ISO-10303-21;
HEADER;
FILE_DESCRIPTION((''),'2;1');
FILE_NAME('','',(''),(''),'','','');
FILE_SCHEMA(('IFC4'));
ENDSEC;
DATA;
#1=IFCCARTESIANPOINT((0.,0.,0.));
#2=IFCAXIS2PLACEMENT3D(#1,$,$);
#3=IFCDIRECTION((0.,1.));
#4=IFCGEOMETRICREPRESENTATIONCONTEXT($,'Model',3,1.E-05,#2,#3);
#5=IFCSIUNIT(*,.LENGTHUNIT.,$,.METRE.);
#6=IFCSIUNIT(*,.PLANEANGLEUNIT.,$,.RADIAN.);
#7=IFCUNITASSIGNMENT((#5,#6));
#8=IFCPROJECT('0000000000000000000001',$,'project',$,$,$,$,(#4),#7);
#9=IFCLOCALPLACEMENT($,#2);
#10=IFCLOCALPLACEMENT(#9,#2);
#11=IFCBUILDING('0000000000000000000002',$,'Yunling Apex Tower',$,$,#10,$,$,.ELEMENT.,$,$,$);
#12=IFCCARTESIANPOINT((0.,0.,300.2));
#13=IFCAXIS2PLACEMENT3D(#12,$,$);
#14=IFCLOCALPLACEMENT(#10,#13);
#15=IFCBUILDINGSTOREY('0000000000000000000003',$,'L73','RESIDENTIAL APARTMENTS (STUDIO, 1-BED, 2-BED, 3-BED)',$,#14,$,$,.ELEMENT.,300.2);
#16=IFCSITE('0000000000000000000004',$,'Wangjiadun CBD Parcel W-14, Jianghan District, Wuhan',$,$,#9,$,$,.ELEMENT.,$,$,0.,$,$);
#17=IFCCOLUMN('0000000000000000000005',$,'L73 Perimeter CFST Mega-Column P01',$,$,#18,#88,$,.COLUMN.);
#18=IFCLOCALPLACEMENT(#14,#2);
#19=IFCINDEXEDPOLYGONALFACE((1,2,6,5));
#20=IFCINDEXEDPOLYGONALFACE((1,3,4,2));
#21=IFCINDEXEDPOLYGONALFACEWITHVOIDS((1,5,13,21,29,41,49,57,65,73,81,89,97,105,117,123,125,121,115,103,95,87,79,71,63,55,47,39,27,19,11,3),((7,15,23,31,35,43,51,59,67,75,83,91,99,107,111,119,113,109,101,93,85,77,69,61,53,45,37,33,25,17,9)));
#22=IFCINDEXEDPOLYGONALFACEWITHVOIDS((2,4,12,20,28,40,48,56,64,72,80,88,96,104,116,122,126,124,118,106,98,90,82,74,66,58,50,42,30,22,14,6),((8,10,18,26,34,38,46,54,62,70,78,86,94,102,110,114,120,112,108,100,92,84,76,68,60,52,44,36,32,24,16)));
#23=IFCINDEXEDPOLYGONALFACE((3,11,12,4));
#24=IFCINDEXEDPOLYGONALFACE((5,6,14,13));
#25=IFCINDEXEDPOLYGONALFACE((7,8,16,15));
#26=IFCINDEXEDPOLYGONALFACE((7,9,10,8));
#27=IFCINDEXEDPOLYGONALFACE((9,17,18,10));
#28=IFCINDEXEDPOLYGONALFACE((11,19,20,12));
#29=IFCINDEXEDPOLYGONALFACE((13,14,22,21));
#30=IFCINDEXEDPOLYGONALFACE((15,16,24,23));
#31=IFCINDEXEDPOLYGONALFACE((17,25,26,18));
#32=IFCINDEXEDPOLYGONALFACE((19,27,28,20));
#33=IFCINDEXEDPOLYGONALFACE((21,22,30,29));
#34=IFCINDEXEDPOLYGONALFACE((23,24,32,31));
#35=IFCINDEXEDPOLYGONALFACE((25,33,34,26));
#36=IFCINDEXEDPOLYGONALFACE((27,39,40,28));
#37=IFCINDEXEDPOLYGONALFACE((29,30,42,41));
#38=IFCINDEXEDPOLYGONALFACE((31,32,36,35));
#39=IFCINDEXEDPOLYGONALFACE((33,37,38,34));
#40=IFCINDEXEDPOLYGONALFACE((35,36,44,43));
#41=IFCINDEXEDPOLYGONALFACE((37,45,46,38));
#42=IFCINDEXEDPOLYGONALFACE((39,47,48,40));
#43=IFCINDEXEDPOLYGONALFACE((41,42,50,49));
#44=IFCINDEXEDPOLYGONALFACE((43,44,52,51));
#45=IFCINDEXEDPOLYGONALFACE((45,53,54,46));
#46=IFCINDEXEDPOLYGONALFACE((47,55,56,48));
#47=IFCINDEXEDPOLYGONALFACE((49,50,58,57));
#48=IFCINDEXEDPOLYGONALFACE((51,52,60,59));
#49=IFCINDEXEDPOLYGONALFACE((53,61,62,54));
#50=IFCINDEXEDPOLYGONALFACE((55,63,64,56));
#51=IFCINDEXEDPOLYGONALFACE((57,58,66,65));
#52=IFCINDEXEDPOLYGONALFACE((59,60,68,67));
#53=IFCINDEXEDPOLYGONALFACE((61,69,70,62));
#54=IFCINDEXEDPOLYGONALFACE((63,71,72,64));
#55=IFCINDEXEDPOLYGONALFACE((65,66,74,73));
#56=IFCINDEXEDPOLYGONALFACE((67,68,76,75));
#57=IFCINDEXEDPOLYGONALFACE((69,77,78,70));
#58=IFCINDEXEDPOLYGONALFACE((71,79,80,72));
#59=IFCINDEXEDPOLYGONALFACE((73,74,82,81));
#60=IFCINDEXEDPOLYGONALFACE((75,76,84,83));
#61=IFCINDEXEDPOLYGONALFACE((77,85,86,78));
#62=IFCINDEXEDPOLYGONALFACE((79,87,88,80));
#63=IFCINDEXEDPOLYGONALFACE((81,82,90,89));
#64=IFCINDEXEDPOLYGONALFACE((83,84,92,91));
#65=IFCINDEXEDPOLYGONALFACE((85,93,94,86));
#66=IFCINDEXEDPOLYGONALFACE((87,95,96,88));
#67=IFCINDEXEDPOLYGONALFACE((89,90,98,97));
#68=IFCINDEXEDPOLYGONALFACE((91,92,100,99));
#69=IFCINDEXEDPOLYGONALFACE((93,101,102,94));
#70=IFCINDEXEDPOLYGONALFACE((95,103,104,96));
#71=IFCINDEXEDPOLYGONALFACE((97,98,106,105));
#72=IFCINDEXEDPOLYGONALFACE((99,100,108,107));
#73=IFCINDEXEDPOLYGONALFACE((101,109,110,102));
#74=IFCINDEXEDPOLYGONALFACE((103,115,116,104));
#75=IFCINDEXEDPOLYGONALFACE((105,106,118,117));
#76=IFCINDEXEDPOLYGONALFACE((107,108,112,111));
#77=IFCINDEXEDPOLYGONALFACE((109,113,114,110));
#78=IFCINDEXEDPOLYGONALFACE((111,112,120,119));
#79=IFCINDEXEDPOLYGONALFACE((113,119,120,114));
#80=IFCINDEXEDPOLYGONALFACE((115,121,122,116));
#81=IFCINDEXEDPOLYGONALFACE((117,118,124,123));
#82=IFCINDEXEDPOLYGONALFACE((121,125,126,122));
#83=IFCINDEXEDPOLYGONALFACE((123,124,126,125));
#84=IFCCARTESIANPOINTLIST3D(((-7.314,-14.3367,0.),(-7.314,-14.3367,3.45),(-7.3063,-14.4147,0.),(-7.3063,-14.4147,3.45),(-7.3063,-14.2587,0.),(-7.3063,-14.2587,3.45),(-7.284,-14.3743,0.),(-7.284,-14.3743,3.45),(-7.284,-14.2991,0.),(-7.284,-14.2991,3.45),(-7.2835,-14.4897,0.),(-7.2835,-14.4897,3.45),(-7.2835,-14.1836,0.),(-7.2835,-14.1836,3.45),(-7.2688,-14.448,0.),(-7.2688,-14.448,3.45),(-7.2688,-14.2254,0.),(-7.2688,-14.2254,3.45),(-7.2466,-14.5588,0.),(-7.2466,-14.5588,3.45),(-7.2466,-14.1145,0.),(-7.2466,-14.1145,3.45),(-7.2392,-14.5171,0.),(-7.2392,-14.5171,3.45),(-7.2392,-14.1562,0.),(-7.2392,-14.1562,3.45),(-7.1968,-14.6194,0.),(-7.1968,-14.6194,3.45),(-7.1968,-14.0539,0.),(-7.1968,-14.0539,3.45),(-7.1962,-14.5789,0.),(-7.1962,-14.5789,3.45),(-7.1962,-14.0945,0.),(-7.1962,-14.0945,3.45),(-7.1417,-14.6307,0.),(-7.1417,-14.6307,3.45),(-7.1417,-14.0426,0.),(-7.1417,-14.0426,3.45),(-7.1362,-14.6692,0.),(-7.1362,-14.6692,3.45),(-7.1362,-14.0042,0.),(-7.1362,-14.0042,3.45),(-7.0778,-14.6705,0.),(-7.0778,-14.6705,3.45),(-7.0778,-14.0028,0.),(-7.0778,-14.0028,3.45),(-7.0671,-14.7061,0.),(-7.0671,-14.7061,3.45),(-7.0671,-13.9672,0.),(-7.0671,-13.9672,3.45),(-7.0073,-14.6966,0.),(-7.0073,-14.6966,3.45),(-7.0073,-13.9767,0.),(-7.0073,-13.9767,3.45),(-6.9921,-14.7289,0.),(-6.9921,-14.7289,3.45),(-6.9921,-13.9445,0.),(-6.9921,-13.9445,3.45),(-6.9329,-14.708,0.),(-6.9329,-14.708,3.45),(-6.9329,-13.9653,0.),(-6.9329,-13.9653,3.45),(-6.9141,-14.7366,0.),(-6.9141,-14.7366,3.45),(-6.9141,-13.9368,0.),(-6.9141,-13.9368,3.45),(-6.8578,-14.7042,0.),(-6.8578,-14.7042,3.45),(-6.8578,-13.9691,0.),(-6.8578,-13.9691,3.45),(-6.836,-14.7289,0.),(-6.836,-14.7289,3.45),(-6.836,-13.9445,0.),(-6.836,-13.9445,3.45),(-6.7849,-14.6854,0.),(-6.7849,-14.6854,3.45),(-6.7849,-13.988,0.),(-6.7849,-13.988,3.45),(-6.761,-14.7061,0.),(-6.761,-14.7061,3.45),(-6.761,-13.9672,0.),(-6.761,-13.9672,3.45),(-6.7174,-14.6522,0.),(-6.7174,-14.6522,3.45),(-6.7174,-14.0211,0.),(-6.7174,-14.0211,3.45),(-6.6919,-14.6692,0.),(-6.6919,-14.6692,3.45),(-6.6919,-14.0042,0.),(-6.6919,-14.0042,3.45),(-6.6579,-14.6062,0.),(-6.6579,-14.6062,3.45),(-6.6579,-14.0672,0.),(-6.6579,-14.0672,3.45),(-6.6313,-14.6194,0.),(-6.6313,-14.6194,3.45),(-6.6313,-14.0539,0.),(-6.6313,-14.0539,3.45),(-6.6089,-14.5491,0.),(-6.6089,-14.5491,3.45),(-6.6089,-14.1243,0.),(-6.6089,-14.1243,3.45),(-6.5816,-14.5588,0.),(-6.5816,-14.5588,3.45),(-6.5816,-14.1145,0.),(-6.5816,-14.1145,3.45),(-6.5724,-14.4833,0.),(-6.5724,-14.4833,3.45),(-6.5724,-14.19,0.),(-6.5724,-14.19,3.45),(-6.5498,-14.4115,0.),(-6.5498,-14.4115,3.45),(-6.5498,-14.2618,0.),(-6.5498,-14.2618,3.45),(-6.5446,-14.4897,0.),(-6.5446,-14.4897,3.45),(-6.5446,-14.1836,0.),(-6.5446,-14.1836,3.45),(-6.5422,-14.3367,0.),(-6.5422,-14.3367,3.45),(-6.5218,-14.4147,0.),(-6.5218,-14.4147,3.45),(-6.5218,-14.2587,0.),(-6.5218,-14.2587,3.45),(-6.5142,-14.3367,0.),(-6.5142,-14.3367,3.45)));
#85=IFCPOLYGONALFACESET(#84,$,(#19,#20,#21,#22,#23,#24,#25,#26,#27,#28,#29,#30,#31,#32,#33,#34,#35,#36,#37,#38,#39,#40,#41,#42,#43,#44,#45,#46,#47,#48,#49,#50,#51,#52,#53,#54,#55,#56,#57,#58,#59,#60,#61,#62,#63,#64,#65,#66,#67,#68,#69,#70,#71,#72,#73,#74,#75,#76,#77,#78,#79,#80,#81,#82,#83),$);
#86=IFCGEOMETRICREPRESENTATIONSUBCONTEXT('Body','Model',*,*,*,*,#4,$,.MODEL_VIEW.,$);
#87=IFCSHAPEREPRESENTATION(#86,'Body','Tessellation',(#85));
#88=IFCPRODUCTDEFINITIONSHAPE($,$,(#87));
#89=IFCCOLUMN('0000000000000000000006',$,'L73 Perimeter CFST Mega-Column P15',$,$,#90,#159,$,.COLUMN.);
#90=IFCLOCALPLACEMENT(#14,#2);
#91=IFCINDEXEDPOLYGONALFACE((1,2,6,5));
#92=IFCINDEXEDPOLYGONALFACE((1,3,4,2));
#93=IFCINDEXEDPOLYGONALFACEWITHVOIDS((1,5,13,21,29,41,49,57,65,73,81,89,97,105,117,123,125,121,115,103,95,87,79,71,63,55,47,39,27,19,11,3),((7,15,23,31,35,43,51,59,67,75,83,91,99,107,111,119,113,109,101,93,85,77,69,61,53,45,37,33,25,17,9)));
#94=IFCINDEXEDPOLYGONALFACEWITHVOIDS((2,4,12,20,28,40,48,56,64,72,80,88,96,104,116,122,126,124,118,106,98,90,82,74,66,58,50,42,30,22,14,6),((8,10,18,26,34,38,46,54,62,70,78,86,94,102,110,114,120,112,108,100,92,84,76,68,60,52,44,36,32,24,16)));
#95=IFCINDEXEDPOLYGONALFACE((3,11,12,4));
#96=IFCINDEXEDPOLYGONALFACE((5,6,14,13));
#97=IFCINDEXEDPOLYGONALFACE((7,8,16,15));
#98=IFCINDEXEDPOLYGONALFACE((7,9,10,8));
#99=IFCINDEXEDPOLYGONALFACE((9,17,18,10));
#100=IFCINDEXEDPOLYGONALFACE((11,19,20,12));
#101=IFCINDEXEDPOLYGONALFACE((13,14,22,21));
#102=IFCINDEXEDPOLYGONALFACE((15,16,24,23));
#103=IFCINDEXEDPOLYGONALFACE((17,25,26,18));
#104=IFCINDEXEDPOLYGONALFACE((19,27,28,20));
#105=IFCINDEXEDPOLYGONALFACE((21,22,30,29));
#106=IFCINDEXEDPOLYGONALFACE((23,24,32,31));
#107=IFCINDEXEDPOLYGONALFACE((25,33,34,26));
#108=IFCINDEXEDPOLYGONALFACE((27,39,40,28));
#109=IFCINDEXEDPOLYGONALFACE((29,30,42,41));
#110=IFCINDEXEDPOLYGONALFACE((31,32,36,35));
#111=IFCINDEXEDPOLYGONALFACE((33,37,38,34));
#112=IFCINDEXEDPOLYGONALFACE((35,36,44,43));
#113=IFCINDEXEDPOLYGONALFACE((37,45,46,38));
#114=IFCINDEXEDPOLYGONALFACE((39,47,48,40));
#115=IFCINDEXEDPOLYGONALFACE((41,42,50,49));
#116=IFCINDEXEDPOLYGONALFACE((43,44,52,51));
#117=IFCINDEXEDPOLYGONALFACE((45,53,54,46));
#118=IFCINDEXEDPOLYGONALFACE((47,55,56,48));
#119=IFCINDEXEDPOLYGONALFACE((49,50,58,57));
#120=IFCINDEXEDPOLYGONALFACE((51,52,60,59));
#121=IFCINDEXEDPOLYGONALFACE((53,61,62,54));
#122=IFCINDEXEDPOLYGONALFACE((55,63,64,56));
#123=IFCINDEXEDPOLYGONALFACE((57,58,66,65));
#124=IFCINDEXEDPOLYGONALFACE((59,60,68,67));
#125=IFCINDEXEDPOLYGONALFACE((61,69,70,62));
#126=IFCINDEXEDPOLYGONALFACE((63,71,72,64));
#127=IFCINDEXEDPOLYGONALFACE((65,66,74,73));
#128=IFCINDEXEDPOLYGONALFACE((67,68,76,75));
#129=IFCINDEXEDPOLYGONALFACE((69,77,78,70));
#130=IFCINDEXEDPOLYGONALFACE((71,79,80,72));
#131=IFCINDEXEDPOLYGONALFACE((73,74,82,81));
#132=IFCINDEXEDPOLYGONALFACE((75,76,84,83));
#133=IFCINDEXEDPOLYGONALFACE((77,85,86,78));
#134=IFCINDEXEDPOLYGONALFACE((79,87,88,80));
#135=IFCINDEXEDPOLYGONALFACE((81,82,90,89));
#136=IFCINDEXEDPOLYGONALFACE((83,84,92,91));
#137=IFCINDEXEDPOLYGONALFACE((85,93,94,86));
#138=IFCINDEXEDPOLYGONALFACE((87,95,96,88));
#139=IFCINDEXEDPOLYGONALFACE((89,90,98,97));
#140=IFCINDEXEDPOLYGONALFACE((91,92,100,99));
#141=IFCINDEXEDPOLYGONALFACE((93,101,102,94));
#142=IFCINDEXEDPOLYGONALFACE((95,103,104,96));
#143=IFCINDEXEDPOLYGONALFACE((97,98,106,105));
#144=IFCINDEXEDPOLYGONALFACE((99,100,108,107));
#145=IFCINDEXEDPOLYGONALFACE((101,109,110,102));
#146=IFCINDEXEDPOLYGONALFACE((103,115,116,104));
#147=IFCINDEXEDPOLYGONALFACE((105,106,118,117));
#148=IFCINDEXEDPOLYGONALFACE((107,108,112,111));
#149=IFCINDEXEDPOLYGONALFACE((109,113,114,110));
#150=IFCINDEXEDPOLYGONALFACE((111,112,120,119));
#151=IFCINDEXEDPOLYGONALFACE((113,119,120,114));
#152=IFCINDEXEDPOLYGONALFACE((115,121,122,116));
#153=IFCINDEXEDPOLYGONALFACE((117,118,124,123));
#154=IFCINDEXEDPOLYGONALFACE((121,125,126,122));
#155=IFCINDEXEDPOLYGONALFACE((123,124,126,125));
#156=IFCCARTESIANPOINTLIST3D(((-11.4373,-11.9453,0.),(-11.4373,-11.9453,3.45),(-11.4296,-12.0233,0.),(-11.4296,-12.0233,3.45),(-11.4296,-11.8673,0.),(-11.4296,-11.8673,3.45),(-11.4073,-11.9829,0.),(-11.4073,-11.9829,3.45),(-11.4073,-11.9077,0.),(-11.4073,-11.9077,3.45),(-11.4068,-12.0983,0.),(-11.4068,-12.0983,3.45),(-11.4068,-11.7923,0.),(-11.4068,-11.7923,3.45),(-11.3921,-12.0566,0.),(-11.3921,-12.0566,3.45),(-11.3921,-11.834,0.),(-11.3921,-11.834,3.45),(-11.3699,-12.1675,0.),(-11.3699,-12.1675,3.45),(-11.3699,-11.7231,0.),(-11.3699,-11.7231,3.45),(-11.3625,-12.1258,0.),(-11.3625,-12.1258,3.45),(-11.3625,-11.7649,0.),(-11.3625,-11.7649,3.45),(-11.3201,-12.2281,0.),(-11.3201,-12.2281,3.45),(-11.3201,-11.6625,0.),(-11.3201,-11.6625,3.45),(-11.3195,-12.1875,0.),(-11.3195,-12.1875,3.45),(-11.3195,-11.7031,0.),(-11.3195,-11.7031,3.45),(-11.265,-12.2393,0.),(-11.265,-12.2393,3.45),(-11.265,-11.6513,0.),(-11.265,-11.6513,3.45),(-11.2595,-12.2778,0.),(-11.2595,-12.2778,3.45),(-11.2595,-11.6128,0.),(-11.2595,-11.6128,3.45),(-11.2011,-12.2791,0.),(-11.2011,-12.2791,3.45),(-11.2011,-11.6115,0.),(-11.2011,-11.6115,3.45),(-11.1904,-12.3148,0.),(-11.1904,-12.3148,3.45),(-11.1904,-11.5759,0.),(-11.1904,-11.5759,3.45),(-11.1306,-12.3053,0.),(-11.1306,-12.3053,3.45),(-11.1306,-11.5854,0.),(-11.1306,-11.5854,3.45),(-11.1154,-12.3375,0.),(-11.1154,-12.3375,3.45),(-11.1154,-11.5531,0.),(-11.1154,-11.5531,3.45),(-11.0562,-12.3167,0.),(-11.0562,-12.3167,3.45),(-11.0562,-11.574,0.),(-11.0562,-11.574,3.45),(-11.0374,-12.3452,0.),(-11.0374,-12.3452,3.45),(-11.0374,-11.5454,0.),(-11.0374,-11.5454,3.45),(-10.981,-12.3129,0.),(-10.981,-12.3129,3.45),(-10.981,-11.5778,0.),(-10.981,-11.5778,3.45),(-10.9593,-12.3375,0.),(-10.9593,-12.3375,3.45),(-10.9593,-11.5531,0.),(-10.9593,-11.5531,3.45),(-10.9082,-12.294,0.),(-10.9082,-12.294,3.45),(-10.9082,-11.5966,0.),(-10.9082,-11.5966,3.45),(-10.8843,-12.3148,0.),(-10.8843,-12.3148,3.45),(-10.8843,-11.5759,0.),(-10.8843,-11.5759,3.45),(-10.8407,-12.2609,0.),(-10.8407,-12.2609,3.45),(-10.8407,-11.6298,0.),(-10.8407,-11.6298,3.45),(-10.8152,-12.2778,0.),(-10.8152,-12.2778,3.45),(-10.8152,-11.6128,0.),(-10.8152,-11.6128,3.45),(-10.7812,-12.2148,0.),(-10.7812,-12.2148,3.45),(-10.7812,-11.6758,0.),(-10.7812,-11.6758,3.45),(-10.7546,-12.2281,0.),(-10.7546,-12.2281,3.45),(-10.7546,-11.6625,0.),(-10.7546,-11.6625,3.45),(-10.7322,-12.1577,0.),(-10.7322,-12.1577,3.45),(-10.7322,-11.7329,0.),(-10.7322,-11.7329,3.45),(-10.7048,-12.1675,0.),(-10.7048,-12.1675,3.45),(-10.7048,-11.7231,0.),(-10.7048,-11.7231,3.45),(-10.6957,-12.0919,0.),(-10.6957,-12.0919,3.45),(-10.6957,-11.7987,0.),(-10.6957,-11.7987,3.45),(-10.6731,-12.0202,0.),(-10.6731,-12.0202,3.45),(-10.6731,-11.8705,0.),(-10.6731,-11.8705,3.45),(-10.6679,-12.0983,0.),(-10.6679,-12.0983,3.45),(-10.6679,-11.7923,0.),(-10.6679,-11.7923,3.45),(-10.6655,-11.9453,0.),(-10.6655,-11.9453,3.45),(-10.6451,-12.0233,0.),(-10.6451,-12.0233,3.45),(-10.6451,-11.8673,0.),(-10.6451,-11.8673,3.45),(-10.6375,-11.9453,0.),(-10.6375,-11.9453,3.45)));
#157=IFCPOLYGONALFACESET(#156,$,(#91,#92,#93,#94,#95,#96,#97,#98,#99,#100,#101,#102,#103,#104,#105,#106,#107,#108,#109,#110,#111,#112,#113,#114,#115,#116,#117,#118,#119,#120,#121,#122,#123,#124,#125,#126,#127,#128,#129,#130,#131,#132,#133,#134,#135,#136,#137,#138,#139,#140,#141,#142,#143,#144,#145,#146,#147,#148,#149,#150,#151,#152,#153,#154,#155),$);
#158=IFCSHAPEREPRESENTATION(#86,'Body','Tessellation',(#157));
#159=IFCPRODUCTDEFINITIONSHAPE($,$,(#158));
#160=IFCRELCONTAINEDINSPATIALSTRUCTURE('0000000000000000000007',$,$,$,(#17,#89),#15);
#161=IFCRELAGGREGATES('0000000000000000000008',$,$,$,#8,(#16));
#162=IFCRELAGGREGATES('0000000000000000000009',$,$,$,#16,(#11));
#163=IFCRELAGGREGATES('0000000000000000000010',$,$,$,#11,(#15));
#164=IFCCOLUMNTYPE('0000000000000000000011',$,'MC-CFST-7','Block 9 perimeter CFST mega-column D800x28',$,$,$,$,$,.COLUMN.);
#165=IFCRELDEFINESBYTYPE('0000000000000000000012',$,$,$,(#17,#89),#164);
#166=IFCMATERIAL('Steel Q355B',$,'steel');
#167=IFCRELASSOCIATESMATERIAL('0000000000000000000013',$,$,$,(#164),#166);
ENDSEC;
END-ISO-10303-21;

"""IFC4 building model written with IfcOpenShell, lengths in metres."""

from ifc_helpers import new_model, si_unit, direction, frame, origin, origin_2d, place, context, subcontext, project, spatial, hollow_circle, extrude, source, transform, mapped, material, material_profile, profile_set, type_object, element, save


model = new_model("IFC4")

# Units and contexts
model_context = context("Model", 3, precision=1e-05, world=origin(), true_north=direction((0.0, 1.0)))
body_context = subcontext(model_context, "Body", "Model", "MODEL_VIEW")
ifc_project = project(units=[si_unit("LENGTHUNIT", "METRE"), si_unit("PLANEANGLEUNIT", "RADIAN")], contexts=[model_context])

# Site, building, storey
site_placement = place(None, origin())
site = spatial("IfcSite", under=ifc_project, at=site_placement, Name="Wangjiadun CBD Parcel W-14, Jianghan District, Wuhan", CompositionType="ELEMENT", RefElevation=0.0)
building_placement = place(site_placement, origin())
building = spatial("IfcBuilding", under=site, at=building_placement, Name="Yunling Apex Tower", CompositionType="ELEMENT")
storey_placement = place(building_placement, frame((0.0, 0.0, 300.2)))
storey = spatial("IfcBuildingStorey", under=building, at=storey_placement, Name="L73", Description="RESIDENTIAL APARTMENTS (STUDIO, 1-BED, 2-BED, 3-BED)", CompositionType="ELEMENT", Elevation=300.2)

# Columns
ifc_material_1 = material(Name="Steel Q355B", Category="steel")
ifc_material_profile_1 = material_profile(ifc_material_1, hollow_circle(Radius=0.3999, WallThickness=0.0281, at=origin_2d()))
ifc_profile_set_1 = profile_set([ifc_material_profile_1], Name="Steel Q355B")
column_type = type_object("IfcColumnType", Name="MC-CFST-7", Description="Block 9 perimeter CFST mega-column D800x28", PredefinedType="COLUMN", material=ifc_profile_set_1)
shared_shape_1 = source(origin(), body_context, "Body", "SweptSolid", [
    extrude(hollow_circle(Radius=0.3999, WallThickness=0.0281, at=origin_2d()), origin(), (0.0, 0.0, 1.0), 3.45),
])
for number, where, z_axis, x_axis, name in (
    (1, (-6.9141, -14.3367, 0.0), (0.0, 0.0, 1.0), (1.0, 0.0, 0.0), "L73 Perimeter CFST Mega-Column P01"),
    (2, (-11.0374, -11.9453, 0.0), (0.0, 0.0, 1.0), (1.0, 0.0, 0.0), "L73 Perimeter CFST Mega-Column P15"),
):
    element("IfcColumn", number, at=place(storey_placement, frame(where, z_axis=z_axis, x_axis=x_axis)), inside=storey, type_object=column_type, Name=name, PredefinedType="COLUMN", context=body_context, shape_type="MappedRepresentation", body=[
        mapped(shared_shape_1, transform((0.0, 0.0, 0.0), scale=1.0)),
    ])

save(model, "model.ifc")
